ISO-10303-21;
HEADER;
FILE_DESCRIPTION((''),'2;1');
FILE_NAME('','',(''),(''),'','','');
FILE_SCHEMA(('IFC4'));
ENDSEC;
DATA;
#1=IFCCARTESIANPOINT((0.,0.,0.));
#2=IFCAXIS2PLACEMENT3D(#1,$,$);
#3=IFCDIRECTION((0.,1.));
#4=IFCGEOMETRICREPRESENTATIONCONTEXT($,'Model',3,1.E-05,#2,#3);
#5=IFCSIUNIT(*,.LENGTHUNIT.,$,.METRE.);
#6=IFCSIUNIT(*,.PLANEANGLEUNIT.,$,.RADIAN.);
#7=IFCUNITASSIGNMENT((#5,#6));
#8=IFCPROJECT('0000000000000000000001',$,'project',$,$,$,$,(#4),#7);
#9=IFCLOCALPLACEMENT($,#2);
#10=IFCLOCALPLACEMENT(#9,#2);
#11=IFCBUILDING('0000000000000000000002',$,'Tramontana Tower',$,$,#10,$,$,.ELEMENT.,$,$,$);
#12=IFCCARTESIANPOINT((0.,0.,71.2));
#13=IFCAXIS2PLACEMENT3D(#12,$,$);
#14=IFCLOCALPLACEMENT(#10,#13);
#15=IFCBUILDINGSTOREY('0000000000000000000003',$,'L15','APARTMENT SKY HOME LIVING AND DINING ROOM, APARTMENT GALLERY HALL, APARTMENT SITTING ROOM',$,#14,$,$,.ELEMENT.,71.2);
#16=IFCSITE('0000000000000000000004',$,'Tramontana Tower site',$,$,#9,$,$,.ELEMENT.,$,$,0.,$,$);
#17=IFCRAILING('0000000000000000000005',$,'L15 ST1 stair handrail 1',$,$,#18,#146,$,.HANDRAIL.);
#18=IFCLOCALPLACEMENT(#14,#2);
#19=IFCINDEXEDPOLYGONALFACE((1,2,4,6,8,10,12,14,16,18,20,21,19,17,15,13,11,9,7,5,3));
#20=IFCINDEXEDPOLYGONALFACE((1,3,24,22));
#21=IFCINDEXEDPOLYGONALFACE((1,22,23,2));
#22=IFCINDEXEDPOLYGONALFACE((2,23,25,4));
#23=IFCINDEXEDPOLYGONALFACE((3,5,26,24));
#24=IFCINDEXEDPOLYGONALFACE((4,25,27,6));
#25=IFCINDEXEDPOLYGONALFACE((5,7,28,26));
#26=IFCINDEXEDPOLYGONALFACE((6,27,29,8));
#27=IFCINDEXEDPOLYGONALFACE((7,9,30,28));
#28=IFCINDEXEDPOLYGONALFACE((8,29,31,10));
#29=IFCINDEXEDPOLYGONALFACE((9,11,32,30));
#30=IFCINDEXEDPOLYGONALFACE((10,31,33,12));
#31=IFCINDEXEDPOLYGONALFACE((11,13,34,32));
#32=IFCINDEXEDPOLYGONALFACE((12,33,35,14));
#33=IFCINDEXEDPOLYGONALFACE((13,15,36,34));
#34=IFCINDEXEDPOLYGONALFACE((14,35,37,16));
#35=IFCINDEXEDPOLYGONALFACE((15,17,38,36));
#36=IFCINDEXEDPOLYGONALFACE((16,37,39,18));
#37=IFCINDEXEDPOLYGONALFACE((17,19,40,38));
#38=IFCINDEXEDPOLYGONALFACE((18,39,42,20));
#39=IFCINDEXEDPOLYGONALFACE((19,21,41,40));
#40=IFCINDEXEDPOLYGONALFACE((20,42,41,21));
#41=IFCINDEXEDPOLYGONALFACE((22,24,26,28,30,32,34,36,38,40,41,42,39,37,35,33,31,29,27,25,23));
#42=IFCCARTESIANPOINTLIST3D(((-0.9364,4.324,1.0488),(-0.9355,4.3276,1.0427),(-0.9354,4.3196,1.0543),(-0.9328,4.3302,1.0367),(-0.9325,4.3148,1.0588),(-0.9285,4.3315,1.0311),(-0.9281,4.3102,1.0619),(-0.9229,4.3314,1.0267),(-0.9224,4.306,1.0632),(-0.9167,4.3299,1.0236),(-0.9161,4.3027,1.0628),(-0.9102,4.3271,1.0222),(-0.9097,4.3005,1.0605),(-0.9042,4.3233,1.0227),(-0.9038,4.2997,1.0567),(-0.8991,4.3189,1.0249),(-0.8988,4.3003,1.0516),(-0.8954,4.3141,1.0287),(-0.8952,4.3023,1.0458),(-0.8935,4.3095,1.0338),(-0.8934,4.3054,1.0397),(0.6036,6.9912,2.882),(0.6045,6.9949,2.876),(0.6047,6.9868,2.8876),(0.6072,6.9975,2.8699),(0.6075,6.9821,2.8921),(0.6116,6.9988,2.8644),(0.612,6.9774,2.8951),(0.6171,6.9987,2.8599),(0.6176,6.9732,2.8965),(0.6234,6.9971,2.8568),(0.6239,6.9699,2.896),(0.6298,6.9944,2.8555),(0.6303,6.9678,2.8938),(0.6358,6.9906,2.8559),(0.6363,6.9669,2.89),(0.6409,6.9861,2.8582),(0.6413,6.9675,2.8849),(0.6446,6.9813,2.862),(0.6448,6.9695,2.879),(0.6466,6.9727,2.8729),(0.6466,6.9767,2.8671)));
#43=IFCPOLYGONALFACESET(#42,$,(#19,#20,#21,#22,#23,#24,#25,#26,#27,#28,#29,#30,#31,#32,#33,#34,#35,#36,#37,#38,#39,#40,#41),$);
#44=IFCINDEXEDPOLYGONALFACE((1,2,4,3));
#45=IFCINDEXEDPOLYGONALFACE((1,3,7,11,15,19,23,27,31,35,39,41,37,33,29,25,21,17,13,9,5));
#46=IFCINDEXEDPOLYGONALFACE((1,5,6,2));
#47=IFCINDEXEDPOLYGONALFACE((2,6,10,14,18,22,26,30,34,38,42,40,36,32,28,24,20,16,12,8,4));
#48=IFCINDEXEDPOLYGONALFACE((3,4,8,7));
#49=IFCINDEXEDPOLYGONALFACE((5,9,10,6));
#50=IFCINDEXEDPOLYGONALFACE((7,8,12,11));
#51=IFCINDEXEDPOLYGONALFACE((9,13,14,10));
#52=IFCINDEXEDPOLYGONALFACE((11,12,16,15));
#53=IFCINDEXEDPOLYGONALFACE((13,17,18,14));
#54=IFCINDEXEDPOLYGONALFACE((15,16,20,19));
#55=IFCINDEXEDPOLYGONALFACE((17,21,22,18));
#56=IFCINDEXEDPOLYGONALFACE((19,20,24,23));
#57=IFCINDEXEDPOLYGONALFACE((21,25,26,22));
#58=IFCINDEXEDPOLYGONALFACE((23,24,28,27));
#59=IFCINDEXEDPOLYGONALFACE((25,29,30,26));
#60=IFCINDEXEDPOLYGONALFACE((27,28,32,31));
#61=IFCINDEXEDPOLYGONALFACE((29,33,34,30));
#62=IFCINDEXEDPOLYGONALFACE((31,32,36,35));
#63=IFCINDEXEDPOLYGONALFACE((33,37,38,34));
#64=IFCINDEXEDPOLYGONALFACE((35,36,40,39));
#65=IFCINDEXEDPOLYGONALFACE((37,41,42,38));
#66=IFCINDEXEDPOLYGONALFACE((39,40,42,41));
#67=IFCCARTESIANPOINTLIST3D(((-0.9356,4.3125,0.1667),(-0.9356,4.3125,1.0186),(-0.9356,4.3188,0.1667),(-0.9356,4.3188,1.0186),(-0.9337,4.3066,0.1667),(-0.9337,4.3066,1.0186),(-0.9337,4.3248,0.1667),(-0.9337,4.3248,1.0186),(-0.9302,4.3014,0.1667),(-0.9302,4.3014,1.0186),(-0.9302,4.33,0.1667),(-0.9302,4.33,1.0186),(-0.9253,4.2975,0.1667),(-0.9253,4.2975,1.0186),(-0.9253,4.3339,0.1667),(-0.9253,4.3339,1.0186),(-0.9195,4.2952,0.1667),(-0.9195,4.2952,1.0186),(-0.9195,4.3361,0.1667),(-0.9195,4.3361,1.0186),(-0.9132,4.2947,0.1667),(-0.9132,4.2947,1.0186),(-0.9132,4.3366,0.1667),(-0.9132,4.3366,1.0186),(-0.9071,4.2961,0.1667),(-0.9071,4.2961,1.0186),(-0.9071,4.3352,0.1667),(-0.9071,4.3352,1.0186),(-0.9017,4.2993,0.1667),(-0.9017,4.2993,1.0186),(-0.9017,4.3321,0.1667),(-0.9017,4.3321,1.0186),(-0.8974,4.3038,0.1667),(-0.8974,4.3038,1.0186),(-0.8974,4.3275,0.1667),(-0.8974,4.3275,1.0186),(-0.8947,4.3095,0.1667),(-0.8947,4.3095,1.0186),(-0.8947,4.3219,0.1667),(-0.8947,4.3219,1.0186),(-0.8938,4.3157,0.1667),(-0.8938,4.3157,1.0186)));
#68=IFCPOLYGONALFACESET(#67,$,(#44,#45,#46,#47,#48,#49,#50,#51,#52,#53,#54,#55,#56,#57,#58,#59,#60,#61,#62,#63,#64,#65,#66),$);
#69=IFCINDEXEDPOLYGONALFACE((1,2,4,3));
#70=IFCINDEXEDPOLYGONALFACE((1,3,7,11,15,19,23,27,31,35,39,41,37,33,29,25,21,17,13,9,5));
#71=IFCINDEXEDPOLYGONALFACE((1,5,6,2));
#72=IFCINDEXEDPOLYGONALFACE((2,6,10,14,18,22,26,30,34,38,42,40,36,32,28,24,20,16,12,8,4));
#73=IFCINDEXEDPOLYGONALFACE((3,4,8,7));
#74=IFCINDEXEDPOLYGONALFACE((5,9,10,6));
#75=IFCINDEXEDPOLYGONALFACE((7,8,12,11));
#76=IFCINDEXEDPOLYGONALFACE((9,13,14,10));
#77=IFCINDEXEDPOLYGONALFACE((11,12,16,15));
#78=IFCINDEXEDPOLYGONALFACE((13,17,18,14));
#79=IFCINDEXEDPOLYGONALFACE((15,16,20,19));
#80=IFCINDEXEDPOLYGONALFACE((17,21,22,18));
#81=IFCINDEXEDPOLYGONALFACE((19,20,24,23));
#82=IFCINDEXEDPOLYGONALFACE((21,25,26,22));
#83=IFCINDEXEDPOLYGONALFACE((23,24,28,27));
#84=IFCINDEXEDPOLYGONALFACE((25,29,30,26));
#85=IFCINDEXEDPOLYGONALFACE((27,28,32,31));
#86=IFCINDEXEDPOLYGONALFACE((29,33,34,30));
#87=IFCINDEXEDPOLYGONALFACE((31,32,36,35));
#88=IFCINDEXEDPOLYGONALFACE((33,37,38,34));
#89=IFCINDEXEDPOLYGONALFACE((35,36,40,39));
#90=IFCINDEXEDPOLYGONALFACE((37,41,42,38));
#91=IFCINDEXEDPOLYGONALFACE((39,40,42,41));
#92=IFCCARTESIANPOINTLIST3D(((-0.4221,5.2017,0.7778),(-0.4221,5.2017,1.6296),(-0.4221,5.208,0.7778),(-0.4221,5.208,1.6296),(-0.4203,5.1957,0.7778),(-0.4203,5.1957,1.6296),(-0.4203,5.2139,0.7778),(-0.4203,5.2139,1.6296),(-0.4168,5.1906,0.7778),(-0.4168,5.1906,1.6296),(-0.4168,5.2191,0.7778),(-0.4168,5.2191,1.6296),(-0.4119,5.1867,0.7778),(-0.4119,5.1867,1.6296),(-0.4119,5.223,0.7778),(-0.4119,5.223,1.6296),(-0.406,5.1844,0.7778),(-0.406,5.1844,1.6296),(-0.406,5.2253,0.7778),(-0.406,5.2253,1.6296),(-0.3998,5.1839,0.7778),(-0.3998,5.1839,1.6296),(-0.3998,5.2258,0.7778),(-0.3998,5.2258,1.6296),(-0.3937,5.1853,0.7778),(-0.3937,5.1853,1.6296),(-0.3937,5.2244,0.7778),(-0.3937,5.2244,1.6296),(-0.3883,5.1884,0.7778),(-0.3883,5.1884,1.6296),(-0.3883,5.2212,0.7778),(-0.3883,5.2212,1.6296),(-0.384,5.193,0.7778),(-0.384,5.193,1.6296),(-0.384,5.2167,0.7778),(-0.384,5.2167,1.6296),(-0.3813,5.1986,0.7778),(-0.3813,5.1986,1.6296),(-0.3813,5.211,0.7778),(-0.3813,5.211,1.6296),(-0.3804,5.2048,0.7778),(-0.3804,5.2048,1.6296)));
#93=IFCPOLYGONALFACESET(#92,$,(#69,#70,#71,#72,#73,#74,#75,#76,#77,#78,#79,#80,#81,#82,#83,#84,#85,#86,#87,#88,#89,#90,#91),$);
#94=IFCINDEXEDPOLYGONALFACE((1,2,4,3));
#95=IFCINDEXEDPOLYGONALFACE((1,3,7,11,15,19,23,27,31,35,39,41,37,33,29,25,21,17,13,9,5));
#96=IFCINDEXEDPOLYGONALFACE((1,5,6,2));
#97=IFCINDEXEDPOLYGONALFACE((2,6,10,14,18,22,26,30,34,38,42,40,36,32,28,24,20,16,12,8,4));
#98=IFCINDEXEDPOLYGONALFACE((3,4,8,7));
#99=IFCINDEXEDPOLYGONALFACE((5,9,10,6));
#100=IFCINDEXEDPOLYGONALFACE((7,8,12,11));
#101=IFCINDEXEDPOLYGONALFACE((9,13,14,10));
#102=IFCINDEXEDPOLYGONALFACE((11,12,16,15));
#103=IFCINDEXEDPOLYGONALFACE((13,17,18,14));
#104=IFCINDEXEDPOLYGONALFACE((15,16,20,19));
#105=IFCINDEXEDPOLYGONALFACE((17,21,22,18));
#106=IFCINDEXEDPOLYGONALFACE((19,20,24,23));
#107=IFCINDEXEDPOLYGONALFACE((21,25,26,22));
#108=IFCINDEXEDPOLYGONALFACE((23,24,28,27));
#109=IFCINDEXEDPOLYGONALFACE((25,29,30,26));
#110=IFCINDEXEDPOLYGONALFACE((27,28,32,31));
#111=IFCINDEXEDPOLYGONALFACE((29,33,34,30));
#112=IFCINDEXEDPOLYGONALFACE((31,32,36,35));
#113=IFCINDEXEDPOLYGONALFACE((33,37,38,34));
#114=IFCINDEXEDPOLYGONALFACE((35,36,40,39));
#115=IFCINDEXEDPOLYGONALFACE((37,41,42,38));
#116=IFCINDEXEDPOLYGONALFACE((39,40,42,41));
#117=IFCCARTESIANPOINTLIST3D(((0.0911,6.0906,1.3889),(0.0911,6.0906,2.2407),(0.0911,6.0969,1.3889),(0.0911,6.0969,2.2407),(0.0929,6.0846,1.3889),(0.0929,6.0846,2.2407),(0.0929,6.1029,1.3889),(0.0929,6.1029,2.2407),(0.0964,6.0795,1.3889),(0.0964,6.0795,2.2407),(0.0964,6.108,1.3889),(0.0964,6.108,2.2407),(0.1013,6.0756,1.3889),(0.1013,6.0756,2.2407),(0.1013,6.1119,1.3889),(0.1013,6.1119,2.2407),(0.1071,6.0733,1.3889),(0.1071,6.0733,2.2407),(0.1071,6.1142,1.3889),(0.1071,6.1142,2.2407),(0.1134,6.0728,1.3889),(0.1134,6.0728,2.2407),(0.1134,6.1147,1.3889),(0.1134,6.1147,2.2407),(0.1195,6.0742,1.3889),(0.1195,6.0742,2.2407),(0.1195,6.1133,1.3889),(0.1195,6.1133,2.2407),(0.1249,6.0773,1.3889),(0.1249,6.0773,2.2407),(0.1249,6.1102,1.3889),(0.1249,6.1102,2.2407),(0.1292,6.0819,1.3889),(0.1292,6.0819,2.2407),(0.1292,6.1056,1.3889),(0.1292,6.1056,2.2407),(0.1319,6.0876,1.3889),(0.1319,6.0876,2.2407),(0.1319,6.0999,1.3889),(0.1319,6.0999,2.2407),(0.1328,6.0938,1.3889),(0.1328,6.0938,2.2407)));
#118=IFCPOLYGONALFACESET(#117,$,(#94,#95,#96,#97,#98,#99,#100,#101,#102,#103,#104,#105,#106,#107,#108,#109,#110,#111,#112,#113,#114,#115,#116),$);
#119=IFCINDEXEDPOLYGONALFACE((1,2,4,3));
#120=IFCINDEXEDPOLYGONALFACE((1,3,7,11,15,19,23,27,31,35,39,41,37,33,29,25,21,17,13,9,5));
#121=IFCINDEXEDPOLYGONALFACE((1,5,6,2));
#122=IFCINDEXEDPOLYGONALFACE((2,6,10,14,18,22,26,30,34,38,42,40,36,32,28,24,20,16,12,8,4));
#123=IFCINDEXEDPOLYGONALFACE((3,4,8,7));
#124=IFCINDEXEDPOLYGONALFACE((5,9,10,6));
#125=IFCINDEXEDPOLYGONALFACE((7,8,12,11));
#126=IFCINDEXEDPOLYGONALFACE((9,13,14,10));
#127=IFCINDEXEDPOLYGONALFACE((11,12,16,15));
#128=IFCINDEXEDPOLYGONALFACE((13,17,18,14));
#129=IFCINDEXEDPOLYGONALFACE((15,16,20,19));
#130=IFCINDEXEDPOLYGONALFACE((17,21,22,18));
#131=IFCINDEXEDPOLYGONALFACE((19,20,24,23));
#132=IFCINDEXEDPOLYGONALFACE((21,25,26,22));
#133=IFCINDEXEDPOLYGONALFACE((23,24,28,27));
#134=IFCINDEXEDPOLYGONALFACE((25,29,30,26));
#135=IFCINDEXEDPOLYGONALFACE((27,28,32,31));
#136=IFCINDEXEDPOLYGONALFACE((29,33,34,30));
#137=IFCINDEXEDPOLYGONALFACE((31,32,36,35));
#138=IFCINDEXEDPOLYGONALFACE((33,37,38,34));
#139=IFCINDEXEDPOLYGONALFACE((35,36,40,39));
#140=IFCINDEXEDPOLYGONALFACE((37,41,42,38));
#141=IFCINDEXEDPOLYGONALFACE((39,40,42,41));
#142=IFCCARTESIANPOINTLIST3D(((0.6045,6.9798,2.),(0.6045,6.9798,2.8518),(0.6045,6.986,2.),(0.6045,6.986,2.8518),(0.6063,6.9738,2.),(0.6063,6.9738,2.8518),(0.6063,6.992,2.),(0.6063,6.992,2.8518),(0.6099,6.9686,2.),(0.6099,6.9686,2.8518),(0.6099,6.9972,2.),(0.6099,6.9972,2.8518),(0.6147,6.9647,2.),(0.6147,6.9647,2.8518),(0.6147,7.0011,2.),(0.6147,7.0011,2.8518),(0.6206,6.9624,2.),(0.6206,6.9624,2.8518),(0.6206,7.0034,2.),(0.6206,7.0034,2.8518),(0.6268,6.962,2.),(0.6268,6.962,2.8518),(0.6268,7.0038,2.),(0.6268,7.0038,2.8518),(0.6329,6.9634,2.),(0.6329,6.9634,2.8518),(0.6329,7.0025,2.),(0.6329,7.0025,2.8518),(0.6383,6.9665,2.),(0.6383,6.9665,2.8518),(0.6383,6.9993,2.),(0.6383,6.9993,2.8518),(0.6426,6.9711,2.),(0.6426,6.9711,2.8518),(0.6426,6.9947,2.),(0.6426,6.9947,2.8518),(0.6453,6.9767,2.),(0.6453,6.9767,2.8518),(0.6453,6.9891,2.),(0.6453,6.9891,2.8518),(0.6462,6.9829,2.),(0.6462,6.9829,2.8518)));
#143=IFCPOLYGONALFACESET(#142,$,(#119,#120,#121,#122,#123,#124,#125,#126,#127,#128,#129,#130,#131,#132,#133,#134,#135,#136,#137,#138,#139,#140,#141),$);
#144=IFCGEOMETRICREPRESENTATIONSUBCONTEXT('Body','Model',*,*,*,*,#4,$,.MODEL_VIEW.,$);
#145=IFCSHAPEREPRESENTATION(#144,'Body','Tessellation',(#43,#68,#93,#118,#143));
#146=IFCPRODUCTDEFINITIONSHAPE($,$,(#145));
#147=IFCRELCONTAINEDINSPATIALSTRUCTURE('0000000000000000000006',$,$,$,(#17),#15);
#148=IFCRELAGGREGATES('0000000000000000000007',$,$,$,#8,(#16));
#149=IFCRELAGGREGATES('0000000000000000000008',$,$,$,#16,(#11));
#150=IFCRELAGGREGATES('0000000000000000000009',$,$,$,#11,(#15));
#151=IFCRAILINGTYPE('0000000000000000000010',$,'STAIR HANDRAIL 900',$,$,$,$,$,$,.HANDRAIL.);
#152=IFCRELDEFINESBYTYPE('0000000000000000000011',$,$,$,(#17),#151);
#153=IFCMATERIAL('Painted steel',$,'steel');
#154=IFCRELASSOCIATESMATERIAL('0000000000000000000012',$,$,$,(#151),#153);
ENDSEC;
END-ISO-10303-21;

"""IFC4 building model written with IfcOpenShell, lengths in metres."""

from ifc_helpers import new_model, si_unit, direction, frame, origin, origin_2d, place, context, subcontext, project, spatial, circle, extrude, material, type_object, element, save


model = new_model("IFC4")

# Units and contexts
model_context = context("Model", 3, precision=1e-05, world=origin(), true_north=direction((0.0, 1.0)))
body_context = subcontext(model_context, "Body", "Model", "MODEL_VIEW")
ifc_project = project(units=[si_unit("LENGTHUNIT", "METRE"), si_unit("PLANEANGLEUNIT", "RADIAN")], contexts=[model_context])

# Site, building, storey
site_placement = place(None, origin())
site = spatial("IfcSite", under=ifc_project, at=site_placement, Name="Tramontana Tower site", CompositionType="ELEMENT", RefElevation=0.0)
building_placement = place(site_placement, origin())
building = spatial("IfcBuilding", under=site, at=building_placement, Name="Tramontana Tower", CompositionType="ELEMENT")
storey_placement = place(building_placement, frame((0.0, 0.0, 71.2)))
storey = spatial("IfcBuildingStorey", under=building, at=storey_placement, Name="L15", Description="APARTMENT SKY HOME LIVING AND DINING ROOM, APARTMENT GALLERY HALL, APARTMENT SITTING ROOM", CompositionType="ELEMENT", Elevation=71.2)

# Railing
ifc_material_1 = material(Name="Painted steel", Category="steel")
railing_type_1 = type_object("IfcRailingType", Name="STAIR HANDRAIL 900", PredefinedType="HANDRAIL", material=ifc_material_1)
railing_1_placement = place(storey_placement, frame((-0.9148, 4.3157, 0.1667)))
element("IfcRailing", 1, at=railing_1_placement, inside=storey, type_object=railing_type_1, Name="L15 ST1 stair handrail 1", PredefinedType="HANDRAIL", context=body_context, shape_type="SweptSolid", body=[
    extrude(circle(Radius=0.0239, at=origin_2d()), frame((0.0, 0.0, 0.876), z_axis=(0.429671, 0.744159, 0.511478), x_axis=(-0.86601, 0.500027, 0.0)), (0.0, 0.0, 1.0), 3.5842),
    extrude(circle(Radius=0.021, at=origin_2d()), origin(), (0.0, 0.0, 1.0), 0.8518),
    extrude(circle(Radius=0.021, at=origin_2d()), frame((0.5134, 0.8892, 0.6111)), (0.0, 0.0, 1.0), 0.8518),
    extrude(circle(Radius=0.021, at=origin_2d()), frame((1.0266, 1.7781, 1.2222)), (0.0, 0.0, 1.0), 0.8518),
    extrude(circle(Radius=0.021, at=origin_2d()), frame((1.54, 2.6672, 1.8333)), (0.0, 0.0, 1.0), 0.8518),
])

save(model, "model.ifc")
